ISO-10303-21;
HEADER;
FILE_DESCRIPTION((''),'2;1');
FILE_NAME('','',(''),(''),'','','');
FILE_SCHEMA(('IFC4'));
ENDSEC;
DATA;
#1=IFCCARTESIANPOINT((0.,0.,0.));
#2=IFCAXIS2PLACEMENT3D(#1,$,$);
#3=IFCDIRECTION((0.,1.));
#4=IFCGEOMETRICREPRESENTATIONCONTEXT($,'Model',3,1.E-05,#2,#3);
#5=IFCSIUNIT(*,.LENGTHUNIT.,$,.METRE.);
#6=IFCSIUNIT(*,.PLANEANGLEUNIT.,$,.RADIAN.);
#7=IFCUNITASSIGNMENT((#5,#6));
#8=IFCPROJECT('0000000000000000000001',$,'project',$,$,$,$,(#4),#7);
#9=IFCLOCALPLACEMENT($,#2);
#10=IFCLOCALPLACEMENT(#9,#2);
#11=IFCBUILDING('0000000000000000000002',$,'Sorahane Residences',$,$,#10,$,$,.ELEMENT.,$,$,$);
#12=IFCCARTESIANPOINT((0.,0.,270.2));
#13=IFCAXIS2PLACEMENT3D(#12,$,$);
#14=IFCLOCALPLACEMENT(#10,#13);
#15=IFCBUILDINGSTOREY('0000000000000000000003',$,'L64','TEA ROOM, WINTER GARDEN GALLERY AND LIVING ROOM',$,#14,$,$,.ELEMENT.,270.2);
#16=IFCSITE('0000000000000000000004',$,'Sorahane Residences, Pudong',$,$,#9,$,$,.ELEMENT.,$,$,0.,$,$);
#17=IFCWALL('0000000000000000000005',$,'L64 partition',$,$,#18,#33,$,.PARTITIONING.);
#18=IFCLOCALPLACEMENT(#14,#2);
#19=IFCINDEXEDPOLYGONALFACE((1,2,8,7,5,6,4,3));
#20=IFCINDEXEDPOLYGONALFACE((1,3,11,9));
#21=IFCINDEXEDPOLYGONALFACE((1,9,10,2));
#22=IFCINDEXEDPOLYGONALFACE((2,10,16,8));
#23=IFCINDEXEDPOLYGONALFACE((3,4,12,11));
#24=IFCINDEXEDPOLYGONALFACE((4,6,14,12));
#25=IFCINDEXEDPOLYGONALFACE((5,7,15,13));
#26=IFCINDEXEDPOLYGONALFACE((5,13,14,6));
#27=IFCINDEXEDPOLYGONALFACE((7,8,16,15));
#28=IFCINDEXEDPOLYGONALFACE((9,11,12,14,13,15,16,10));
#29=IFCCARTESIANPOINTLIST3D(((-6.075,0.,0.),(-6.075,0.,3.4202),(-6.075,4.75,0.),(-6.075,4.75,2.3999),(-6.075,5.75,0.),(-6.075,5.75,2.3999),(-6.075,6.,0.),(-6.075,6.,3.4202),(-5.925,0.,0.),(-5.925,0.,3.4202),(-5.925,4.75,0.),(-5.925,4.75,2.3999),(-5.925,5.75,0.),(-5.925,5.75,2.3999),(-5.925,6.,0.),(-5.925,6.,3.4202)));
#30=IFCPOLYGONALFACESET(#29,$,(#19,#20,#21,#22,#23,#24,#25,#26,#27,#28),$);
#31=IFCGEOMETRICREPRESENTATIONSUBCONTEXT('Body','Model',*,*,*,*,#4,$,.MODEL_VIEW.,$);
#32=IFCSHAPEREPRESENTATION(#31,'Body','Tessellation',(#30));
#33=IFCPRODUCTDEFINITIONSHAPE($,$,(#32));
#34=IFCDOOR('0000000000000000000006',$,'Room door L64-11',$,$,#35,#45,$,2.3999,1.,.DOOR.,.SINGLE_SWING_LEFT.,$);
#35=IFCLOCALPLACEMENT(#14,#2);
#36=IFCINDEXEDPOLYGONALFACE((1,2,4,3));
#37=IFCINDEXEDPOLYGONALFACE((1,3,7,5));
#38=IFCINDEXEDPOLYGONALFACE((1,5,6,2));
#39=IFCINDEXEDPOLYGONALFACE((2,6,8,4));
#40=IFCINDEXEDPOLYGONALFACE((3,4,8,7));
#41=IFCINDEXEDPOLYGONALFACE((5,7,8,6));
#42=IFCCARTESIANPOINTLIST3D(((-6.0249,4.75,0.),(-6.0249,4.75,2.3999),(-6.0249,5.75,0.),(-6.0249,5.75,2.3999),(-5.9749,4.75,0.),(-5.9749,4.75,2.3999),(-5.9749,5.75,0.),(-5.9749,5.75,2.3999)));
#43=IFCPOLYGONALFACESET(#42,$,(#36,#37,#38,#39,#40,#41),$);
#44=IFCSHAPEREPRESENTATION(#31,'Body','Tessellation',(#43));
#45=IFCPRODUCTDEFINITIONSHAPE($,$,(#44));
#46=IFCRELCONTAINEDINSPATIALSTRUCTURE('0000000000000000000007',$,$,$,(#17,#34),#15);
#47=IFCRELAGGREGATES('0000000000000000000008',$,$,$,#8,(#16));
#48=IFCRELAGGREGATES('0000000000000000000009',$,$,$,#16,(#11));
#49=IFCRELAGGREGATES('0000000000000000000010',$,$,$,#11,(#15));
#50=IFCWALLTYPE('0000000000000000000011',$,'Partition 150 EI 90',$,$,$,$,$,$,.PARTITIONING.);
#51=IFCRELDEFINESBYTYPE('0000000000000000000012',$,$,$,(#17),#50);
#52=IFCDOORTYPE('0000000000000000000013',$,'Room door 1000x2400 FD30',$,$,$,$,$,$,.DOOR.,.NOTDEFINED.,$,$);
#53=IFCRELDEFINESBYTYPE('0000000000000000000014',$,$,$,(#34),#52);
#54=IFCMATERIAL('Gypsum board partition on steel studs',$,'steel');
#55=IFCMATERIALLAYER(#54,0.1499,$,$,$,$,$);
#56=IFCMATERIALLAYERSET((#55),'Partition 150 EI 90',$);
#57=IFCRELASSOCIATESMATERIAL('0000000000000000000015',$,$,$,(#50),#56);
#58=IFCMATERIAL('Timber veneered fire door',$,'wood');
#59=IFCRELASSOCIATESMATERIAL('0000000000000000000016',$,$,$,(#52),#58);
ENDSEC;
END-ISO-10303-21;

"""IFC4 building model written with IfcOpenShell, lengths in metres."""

from ifc_helpers import new_model, si_unit, direction, frame, frame_2d, origin, place, context, subcontext, project, spatial, rectangle, extrude, material, layer, layer_set, type_object, element, fill, save


model = new_model("IFC4")

# Units and contexts
model_context = context("Model", 3, precision=1e-05, world=origin(), true_north=direction((0.0, 1.0)))
body_context = subcontext(model_context, "Body", "Model", "MODEL_VIEW")
ifc_project = project(units=[si_unit("LENGTHUNIT", "METRE"), si_unit("PLANEANGLEUNIT", "RADIAN")], contexts=[model_context])

# Site, building, storey
site_placement = place(None, origin())
site = spatial("IfcSite", under=ifc_project, at=site_placement, Name="Sorahane Residences, Pudong", CompositionType="ELEMENT", RefElevation=0.0)
building_placement = place(site_placement, origin())
building = spatial("IfcBuilding", under=site, at=building_placement, Name="Sorahane Residences", CompositionType="ELEMENT")
storey_placement = place(building_placement, frame((0.0, 0.0, 270.2)))
storey = spatial("IfcBuildingStorey", under=building, at=storey_placement, Name="L64", Description="TEA ROOM, WINTER GARDEN GALLERY AND LIVING ROOM", CompositionType="ELEMENT", Elevation=270.2)

# Wall, opening, door
ifc_material_1 = material(Name="Gypsum board partition on steel studs", Category="steel")
ifc_layer_1 = layer(ifc_material_1, 0.1499)
ifc_layer_set_1 = layer_set([ifc_layer_1], Name="Partition 150 EI 90")
wall_type = type_object("IfcWallType", Name="Partition 150 EI 90", PredefinedType="PARTITIONING", material=ifc_layer_set_1)
wall_placement = place(storey_placement, frame((-6.0, 0.0, 0.0), z_axis=(0.0, 0.0, 1.0), x_axis=(0.0, 1.0, 0.0)))
wall = element("IfcWall", 1, at=wall_placement, inside=storey, type_object=wall_type, Name="L64 partition", PredefinedType="PARTITIONING", context=body_context, shape_type="SweptSolid", body=[
    extrude(rectangle(XDim=6.0, YDim=0.1499, at=frame_2d((3.0, 0.0))), origin(), (0.0, 0.0, 1.0), 3.4202),
])
opening_placement = place(wall_placement, frame((4.75, 0.0, 0.0)))
opening = element("IfcOpeningElement", 2, at=opening_placement, cuts=wall, PredefinedType="OPENING", context=body_context, shape_type="SweptSolid", body=[
    extrude(rectangle(XDim=1.0, YDim=2.3999, at=frame_2d((0.5, 1.2))), frame((0.0, 0.085, 0.0), z_axis=(0.0, -1.0, 0.0), x_axis=(1.0, 0.0, 0.0)), (0.0, 0.0, 1.0), 0.1699),
])
ifc_material_2 = material(Name="Timber veneered fire door", Category="wood")
door_type = type_object("IfcDoorType", Name="Room door 1000x2400 FD30", OperationType="NOTDEFINED", PredefinedType="DOOR", material=ifc_material_2)
door_placement = place(opening_placement, origin())
door = element("IfcDoor", 3, at=door_placement, inside=storey, type_object=door_type, Name="Room door L64-11", OperationType="SINGLE_SWING_LEFT", OverallHeight=2.3999, OverallWidth=1.0, PredefinedType="DOOR", context=body_context, shape_type="SweptSolid", body=[
    extrude(rectangle(XDim=1.0, YDim=2.3999, at=frame_2d((0.5, 1.2))), frame((0.0, 0.0249, 0.0), z_axis=(0.0, -1.0, 0.0), x_axis=(1.0, 0.0, 0.0)), (0.0, 0.0, 1.0), 0.05),
])
fill(opening, door)

save(model, "model.ifc")
